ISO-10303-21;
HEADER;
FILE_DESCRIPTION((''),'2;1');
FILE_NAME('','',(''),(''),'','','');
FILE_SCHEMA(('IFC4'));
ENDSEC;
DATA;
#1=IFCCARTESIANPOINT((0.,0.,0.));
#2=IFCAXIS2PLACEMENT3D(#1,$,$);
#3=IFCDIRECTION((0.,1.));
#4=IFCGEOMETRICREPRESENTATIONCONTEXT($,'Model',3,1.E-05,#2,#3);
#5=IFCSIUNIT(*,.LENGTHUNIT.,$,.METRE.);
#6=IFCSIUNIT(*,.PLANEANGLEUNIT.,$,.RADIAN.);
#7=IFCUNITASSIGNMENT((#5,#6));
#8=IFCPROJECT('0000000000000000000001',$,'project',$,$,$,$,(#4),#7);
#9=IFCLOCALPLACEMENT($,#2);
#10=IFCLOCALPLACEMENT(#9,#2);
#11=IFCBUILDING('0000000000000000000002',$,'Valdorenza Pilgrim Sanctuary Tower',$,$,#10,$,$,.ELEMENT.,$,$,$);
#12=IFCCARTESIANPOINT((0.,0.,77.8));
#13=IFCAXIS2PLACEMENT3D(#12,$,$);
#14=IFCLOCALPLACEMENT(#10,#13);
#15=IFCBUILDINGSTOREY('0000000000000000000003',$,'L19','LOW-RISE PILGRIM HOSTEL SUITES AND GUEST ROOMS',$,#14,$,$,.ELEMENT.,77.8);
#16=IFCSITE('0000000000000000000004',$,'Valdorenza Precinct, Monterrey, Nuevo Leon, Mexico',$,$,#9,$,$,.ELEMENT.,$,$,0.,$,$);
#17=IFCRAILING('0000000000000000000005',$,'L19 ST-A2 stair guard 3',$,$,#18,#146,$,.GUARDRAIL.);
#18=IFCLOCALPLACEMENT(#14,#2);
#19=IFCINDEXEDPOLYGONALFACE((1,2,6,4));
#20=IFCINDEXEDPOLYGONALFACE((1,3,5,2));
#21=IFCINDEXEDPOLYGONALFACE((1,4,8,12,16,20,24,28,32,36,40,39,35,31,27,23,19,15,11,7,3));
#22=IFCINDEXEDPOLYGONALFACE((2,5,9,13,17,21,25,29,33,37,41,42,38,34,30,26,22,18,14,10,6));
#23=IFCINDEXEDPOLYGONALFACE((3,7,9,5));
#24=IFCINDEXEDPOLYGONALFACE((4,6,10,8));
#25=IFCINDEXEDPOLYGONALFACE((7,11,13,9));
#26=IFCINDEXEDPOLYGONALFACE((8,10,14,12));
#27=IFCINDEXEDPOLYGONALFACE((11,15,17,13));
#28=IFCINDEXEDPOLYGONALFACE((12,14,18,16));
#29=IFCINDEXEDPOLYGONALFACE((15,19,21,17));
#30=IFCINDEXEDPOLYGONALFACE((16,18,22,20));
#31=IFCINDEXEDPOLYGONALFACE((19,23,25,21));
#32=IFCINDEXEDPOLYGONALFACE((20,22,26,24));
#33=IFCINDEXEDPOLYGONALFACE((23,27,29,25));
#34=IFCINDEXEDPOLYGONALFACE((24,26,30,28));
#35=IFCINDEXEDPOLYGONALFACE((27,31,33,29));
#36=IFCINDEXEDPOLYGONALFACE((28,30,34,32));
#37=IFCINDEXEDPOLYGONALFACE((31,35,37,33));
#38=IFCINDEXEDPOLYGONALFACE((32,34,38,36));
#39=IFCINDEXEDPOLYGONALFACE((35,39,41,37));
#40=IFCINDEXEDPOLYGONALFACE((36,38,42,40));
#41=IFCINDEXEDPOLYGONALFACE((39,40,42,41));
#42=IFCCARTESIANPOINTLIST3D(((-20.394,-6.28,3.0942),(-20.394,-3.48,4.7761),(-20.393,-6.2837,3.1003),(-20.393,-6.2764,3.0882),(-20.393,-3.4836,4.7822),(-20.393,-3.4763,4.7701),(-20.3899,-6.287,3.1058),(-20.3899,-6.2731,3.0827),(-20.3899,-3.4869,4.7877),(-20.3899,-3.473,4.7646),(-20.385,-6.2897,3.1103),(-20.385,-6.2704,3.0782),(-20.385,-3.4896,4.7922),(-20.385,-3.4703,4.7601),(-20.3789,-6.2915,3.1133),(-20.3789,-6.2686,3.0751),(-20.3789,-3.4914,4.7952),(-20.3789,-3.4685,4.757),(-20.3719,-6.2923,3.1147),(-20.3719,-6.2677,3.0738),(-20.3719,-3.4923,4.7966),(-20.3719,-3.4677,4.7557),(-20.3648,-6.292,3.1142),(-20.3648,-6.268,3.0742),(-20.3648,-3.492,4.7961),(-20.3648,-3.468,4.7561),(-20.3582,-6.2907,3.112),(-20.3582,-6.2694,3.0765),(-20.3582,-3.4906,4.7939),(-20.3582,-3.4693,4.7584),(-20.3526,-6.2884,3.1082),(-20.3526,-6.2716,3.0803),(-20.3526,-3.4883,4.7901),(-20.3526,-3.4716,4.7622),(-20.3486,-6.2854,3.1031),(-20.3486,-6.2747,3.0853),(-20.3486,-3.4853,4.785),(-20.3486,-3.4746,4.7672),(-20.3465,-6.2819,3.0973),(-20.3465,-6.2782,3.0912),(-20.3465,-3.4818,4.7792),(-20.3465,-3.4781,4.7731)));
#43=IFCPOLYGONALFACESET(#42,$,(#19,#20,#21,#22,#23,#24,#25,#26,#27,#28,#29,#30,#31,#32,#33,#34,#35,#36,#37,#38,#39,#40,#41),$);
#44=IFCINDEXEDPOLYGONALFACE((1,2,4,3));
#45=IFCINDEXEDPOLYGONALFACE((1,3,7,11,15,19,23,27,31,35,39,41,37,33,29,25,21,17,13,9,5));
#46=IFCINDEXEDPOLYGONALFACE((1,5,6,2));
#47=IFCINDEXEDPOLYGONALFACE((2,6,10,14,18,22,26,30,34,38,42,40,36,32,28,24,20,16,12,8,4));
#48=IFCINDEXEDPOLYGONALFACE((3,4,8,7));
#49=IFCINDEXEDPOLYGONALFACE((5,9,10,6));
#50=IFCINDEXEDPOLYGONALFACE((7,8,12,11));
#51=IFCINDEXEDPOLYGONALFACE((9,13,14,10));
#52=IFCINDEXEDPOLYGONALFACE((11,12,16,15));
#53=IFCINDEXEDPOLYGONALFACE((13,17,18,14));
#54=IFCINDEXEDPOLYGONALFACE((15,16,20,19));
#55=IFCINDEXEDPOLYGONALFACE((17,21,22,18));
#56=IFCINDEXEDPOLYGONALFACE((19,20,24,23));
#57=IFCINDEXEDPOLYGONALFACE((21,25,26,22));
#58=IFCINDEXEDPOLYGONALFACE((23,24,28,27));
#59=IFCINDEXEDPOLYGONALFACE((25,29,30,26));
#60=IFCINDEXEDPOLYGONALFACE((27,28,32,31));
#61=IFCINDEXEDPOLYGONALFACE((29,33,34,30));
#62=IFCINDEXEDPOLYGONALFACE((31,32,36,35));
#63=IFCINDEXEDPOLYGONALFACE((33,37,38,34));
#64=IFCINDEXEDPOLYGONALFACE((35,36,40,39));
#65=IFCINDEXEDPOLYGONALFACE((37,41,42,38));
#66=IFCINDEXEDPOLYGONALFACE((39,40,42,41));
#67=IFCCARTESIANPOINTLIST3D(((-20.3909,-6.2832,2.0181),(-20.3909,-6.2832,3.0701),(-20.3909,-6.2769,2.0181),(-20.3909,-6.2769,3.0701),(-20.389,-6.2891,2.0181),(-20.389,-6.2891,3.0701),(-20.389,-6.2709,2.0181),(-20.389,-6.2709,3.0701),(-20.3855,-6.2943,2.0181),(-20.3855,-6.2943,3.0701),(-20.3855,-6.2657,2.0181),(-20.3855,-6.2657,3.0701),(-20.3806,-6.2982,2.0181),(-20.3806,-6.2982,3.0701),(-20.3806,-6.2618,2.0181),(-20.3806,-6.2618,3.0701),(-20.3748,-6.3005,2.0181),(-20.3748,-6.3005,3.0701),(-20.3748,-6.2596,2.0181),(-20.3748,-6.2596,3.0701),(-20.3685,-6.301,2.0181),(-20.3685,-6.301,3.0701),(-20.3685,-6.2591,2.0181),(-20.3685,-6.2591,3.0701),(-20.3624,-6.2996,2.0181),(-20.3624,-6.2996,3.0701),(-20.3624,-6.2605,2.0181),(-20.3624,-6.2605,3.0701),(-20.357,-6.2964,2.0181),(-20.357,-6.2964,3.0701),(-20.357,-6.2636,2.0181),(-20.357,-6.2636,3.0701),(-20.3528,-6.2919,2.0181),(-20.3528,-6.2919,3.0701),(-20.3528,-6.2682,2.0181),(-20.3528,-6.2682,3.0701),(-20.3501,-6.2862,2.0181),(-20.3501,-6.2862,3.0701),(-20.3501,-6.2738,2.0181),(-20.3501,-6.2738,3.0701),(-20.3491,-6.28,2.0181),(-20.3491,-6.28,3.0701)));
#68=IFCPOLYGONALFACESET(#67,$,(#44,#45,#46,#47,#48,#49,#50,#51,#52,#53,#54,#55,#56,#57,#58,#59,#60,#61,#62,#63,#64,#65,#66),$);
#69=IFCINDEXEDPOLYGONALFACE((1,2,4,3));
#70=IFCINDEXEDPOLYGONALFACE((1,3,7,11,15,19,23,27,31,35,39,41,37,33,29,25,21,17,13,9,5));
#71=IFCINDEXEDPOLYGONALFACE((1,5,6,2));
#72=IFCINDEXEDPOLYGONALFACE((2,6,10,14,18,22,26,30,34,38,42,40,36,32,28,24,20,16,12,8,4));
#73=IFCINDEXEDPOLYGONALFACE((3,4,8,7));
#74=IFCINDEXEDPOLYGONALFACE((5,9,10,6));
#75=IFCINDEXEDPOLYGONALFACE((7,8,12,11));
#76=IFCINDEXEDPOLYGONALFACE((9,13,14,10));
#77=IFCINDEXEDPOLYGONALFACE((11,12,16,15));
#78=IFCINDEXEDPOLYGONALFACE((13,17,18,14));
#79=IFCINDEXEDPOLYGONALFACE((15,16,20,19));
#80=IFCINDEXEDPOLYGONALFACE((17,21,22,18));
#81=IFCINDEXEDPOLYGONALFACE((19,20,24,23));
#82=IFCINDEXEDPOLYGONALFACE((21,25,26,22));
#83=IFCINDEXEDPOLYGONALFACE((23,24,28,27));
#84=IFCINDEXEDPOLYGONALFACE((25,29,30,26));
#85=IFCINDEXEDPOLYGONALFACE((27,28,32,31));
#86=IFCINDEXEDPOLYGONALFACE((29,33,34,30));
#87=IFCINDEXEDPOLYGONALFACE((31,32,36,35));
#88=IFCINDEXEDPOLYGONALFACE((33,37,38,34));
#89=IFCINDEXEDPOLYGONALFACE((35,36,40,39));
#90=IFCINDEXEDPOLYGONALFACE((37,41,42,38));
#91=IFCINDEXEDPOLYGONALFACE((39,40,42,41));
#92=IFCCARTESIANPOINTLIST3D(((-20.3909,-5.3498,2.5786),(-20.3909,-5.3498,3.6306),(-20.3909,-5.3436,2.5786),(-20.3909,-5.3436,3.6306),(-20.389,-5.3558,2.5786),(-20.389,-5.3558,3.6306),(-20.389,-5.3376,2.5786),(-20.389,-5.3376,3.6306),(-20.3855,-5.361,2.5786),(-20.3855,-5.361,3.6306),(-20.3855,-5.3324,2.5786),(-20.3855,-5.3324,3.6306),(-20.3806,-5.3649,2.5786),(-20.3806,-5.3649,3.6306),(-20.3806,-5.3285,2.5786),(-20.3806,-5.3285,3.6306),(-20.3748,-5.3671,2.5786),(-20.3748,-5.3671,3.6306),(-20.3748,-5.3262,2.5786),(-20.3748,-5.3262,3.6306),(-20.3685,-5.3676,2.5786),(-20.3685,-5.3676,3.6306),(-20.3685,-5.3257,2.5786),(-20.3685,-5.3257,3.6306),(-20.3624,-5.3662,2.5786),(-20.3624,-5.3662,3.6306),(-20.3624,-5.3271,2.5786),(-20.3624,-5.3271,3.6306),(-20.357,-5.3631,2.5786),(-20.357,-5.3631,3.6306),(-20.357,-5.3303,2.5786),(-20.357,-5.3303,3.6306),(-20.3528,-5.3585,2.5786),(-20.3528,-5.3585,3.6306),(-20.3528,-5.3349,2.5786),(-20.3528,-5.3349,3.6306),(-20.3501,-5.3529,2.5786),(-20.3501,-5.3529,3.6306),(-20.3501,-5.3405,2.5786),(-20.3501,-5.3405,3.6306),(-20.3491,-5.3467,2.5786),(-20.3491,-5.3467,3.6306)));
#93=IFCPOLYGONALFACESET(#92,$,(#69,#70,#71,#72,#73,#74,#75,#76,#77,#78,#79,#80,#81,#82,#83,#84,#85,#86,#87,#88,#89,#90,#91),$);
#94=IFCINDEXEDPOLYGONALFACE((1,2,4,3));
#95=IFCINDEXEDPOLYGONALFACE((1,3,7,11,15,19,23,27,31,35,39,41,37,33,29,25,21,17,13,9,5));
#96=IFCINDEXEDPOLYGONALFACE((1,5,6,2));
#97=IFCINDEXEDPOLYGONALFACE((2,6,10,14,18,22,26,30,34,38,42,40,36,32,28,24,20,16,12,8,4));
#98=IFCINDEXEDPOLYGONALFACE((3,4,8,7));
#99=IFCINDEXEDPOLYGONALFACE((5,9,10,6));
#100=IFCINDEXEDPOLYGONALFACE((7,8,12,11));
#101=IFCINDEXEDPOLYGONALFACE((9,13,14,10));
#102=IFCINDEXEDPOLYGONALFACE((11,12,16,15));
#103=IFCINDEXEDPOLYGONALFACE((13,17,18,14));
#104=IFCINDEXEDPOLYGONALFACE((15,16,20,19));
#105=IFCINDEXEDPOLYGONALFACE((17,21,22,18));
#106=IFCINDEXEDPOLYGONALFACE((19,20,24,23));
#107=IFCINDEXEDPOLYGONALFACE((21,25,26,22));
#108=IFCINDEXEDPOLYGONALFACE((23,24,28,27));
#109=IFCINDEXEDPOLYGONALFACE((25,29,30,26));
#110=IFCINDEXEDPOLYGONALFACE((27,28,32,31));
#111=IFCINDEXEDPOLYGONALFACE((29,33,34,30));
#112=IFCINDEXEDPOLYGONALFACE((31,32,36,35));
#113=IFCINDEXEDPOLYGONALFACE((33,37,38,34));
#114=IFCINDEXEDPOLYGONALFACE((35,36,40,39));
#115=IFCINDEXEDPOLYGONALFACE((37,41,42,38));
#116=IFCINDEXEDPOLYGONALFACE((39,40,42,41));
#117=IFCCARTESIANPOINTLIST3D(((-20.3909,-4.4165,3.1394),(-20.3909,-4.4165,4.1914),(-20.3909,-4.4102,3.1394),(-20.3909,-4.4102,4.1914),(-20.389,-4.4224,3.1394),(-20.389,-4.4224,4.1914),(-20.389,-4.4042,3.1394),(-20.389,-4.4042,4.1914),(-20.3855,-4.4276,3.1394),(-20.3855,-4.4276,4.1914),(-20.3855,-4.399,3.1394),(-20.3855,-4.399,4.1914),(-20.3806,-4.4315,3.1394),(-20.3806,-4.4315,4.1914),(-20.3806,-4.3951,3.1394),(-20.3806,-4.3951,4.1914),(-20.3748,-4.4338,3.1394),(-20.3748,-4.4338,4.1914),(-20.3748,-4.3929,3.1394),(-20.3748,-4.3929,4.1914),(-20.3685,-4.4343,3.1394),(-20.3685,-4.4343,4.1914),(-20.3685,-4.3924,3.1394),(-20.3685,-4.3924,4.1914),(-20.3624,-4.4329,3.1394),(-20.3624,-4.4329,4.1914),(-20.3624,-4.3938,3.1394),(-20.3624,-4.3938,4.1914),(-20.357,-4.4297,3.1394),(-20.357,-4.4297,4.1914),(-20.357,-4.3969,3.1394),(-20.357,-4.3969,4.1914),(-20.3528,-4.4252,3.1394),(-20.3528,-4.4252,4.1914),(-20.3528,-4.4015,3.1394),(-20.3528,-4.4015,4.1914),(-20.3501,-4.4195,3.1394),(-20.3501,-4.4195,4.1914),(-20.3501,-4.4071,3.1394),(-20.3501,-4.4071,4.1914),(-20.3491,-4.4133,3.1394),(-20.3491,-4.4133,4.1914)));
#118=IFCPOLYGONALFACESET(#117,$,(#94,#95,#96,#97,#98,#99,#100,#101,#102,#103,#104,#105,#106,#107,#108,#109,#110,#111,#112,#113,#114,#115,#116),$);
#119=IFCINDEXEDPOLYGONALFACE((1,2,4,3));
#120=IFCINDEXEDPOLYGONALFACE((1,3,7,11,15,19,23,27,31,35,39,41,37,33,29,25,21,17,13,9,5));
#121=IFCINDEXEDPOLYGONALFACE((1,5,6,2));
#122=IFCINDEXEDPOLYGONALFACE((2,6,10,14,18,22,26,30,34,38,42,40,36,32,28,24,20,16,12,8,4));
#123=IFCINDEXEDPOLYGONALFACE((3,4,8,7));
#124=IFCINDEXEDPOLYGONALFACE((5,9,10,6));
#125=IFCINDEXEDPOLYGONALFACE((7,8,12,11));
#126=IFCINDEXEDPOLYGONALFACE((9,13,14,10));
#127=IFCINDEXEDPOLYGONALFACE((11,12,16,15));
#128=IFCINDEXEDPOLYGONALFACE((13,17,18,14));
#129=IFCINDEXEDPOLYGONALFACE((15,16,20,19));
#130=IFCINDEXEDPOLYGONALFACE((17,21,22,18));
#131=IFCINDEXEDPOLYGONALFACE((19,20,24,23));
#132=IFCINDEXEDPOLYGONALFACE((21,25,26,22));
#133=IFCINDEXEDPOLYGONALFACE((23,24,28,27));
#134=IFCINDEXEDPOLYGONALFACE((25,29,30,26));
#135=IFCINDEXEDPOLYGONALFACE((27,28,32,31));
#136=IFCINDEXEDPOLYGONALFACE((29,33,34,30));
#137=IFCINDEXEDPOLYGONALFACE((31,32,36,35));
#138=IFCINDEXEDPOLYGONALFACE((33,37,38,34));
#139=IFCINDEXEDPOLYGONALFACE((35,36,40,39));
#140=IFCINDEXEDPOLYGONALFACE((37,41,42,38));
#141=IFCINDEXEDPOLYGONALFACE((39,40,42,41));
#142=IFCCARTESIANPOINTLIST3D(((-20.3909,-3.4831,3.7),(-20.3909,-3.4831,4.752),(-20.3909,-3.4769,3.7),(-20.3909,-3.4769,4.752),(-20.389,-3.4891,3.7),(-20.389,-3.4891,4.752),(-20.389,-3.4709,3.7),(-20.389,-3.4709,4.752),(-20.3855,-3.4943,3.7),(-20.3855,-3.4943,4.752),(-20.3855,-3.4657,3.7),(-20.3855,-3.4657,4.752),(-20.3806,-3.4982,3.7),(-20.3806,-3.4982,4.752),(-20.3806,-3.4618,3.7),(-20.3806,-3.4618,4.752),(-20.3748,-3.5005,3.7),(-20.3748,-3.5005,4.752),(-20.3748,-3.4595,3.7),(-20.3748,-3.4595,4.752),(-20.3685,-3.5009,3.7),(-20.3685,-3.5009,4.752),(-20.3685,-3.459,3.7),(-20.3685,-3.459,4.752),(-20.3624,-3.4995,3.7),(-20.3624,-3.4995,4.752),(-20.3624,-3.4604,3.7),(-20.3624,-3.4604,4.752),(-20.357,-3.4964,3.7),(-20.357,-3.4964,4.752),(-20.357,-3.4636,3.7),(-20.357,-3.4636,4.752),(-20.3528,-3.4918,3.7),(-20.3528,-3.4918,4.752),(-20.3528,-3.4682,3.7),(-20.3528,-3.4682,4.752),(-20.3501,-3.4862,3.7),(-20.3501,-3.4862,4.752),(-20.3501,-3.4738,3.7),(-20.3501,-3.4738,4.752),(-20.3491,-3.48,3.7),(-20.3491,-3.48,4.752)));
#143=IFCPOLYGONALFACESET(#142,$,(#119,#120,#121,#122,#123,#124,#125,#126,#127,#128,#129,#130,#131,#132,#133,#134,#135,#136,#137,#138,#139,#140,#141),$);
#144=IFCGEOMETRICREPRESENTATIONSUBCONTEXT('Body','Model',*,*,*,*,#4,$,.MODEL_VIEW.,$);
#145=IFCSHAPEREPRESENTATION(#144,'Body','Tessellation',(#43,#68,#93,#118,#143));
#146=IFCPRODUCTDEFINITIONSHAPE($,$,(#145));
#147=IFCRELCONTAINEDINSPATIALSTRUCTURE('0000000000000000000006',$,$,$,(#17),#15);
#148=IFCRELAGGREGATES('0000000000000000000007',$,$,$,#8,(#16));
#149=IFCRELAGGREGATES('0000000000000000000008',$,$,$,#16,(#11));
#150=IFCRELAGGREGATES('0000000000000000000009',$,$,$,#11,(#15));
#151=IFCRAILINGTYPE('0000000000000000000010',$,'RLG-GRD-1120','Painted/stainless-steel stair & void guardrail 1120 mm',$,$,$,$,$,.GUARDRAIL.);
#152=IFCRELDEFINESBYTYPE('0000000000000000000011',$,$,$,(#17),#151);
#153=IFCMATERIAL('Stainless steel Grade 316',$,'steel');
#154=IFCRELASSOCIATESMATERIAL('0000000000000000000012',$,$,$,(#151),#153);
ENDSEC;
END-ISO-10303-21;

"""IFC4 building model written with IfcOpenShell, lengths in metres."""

from ifc_helpers import new_model, si_unit, direction, frame, origin, origin_2d, place, context, subcontext, project, spatial, circle, extrude, material, type_object, element, save


model = new_model("IFC4")

# Units and contexts
model_context = context("Model", 3, precision=1e-05, world=origin(), true_north=direction((0.0, 1.0)))
body_context = subcontext(model_context, "Body", "Model", "MODEL_VIEW")
ifc_project = project(units=[si_unit("LENGTHUNIT", "METRE"), si_unit("PLANEANGLEUNIT", "RADIAN")], contexts=[model_context])

# Site, building, storey
site_placement = place(None, origin())
site = spatial("IfcSite", under=ifc_project, at=site_placement, Name="Valdorenza Precinct, Monterrey, Nuevo Leon, Mexico", CompositionType="ELEMENT", RefElevation=0.0)
building_placement = place(site_placement, origin())
building = spatial("IfcBuilding", under=site, at=building_placement, Name="Valdorenza Pilgrim Sanctuary Tower", CompositionType="ELEMENT")
storey_placement = place(building_placement, frame((0.0, 0.0, 77.8)))
storey = spatial("IfcBuildingStorey", under=building, at=storey_placement, Name="L19", Description="LOW-RISE PILGRIM HOSTEL SUITES AND GUEST ROOMS", CompositionType="ELEMENT", Elevation=77.8)

# Railing
ifc_material_1 = material(Name="Stainless steel Grade 316", Category="steel")
railing_type_1 = type_object("IfcRailingType", Name="RLG-GRD-1120", Description="Painted/stainless-steel stair & void guardrail 1120 mm", PredefinedType="GUARDRAIL", material=ifc_material_1)
railing_1_placement = place(storey_placement, frame((-20.3701, -6.28, 2.0181)))
element("IfcRailing", 1, at=railing_1_placement, inside=storey, type_object=railing_type_1, Name="L19 ST-A2 stair guard 3", PredefinedType="GUARDRAIL", context=body_context, shape_type="SweptSolid", body=[
    extrude(circle(Radius=0.0239, at=origin_2d()), frame((0.0, 0.0, 1.0762), z_axis=(0.0, 0.857242, 0.514913), x_axis=(-1.0, 0.0, 0.0)), (0.0, 0.0, 1.0), 3.2664),
    extrude(circle(Radius=0.021, at=origin_2d()), origin(), (0.0, 0.0, 1.0), 1.052),
    extrude(circle(Radius=0.021, at=origin_2d()), frame((0.0, 0.9333, 0.5605)), (0.0, 0.0, 1.0), 1.052),
    extrude(circle(Radius=0.021, at=origin_2d()), frame((0.0, 1.8667, 1.1213)), (0.0, 0.0, 1.0), 1.052),
    extrude(circle(Radius=0.021, at=origin_2d()), frame((0.0, 2.8, 1.6819)), (0.0, 0.0, 1.0), 1.052),
])

save(model, "model.ifc")
